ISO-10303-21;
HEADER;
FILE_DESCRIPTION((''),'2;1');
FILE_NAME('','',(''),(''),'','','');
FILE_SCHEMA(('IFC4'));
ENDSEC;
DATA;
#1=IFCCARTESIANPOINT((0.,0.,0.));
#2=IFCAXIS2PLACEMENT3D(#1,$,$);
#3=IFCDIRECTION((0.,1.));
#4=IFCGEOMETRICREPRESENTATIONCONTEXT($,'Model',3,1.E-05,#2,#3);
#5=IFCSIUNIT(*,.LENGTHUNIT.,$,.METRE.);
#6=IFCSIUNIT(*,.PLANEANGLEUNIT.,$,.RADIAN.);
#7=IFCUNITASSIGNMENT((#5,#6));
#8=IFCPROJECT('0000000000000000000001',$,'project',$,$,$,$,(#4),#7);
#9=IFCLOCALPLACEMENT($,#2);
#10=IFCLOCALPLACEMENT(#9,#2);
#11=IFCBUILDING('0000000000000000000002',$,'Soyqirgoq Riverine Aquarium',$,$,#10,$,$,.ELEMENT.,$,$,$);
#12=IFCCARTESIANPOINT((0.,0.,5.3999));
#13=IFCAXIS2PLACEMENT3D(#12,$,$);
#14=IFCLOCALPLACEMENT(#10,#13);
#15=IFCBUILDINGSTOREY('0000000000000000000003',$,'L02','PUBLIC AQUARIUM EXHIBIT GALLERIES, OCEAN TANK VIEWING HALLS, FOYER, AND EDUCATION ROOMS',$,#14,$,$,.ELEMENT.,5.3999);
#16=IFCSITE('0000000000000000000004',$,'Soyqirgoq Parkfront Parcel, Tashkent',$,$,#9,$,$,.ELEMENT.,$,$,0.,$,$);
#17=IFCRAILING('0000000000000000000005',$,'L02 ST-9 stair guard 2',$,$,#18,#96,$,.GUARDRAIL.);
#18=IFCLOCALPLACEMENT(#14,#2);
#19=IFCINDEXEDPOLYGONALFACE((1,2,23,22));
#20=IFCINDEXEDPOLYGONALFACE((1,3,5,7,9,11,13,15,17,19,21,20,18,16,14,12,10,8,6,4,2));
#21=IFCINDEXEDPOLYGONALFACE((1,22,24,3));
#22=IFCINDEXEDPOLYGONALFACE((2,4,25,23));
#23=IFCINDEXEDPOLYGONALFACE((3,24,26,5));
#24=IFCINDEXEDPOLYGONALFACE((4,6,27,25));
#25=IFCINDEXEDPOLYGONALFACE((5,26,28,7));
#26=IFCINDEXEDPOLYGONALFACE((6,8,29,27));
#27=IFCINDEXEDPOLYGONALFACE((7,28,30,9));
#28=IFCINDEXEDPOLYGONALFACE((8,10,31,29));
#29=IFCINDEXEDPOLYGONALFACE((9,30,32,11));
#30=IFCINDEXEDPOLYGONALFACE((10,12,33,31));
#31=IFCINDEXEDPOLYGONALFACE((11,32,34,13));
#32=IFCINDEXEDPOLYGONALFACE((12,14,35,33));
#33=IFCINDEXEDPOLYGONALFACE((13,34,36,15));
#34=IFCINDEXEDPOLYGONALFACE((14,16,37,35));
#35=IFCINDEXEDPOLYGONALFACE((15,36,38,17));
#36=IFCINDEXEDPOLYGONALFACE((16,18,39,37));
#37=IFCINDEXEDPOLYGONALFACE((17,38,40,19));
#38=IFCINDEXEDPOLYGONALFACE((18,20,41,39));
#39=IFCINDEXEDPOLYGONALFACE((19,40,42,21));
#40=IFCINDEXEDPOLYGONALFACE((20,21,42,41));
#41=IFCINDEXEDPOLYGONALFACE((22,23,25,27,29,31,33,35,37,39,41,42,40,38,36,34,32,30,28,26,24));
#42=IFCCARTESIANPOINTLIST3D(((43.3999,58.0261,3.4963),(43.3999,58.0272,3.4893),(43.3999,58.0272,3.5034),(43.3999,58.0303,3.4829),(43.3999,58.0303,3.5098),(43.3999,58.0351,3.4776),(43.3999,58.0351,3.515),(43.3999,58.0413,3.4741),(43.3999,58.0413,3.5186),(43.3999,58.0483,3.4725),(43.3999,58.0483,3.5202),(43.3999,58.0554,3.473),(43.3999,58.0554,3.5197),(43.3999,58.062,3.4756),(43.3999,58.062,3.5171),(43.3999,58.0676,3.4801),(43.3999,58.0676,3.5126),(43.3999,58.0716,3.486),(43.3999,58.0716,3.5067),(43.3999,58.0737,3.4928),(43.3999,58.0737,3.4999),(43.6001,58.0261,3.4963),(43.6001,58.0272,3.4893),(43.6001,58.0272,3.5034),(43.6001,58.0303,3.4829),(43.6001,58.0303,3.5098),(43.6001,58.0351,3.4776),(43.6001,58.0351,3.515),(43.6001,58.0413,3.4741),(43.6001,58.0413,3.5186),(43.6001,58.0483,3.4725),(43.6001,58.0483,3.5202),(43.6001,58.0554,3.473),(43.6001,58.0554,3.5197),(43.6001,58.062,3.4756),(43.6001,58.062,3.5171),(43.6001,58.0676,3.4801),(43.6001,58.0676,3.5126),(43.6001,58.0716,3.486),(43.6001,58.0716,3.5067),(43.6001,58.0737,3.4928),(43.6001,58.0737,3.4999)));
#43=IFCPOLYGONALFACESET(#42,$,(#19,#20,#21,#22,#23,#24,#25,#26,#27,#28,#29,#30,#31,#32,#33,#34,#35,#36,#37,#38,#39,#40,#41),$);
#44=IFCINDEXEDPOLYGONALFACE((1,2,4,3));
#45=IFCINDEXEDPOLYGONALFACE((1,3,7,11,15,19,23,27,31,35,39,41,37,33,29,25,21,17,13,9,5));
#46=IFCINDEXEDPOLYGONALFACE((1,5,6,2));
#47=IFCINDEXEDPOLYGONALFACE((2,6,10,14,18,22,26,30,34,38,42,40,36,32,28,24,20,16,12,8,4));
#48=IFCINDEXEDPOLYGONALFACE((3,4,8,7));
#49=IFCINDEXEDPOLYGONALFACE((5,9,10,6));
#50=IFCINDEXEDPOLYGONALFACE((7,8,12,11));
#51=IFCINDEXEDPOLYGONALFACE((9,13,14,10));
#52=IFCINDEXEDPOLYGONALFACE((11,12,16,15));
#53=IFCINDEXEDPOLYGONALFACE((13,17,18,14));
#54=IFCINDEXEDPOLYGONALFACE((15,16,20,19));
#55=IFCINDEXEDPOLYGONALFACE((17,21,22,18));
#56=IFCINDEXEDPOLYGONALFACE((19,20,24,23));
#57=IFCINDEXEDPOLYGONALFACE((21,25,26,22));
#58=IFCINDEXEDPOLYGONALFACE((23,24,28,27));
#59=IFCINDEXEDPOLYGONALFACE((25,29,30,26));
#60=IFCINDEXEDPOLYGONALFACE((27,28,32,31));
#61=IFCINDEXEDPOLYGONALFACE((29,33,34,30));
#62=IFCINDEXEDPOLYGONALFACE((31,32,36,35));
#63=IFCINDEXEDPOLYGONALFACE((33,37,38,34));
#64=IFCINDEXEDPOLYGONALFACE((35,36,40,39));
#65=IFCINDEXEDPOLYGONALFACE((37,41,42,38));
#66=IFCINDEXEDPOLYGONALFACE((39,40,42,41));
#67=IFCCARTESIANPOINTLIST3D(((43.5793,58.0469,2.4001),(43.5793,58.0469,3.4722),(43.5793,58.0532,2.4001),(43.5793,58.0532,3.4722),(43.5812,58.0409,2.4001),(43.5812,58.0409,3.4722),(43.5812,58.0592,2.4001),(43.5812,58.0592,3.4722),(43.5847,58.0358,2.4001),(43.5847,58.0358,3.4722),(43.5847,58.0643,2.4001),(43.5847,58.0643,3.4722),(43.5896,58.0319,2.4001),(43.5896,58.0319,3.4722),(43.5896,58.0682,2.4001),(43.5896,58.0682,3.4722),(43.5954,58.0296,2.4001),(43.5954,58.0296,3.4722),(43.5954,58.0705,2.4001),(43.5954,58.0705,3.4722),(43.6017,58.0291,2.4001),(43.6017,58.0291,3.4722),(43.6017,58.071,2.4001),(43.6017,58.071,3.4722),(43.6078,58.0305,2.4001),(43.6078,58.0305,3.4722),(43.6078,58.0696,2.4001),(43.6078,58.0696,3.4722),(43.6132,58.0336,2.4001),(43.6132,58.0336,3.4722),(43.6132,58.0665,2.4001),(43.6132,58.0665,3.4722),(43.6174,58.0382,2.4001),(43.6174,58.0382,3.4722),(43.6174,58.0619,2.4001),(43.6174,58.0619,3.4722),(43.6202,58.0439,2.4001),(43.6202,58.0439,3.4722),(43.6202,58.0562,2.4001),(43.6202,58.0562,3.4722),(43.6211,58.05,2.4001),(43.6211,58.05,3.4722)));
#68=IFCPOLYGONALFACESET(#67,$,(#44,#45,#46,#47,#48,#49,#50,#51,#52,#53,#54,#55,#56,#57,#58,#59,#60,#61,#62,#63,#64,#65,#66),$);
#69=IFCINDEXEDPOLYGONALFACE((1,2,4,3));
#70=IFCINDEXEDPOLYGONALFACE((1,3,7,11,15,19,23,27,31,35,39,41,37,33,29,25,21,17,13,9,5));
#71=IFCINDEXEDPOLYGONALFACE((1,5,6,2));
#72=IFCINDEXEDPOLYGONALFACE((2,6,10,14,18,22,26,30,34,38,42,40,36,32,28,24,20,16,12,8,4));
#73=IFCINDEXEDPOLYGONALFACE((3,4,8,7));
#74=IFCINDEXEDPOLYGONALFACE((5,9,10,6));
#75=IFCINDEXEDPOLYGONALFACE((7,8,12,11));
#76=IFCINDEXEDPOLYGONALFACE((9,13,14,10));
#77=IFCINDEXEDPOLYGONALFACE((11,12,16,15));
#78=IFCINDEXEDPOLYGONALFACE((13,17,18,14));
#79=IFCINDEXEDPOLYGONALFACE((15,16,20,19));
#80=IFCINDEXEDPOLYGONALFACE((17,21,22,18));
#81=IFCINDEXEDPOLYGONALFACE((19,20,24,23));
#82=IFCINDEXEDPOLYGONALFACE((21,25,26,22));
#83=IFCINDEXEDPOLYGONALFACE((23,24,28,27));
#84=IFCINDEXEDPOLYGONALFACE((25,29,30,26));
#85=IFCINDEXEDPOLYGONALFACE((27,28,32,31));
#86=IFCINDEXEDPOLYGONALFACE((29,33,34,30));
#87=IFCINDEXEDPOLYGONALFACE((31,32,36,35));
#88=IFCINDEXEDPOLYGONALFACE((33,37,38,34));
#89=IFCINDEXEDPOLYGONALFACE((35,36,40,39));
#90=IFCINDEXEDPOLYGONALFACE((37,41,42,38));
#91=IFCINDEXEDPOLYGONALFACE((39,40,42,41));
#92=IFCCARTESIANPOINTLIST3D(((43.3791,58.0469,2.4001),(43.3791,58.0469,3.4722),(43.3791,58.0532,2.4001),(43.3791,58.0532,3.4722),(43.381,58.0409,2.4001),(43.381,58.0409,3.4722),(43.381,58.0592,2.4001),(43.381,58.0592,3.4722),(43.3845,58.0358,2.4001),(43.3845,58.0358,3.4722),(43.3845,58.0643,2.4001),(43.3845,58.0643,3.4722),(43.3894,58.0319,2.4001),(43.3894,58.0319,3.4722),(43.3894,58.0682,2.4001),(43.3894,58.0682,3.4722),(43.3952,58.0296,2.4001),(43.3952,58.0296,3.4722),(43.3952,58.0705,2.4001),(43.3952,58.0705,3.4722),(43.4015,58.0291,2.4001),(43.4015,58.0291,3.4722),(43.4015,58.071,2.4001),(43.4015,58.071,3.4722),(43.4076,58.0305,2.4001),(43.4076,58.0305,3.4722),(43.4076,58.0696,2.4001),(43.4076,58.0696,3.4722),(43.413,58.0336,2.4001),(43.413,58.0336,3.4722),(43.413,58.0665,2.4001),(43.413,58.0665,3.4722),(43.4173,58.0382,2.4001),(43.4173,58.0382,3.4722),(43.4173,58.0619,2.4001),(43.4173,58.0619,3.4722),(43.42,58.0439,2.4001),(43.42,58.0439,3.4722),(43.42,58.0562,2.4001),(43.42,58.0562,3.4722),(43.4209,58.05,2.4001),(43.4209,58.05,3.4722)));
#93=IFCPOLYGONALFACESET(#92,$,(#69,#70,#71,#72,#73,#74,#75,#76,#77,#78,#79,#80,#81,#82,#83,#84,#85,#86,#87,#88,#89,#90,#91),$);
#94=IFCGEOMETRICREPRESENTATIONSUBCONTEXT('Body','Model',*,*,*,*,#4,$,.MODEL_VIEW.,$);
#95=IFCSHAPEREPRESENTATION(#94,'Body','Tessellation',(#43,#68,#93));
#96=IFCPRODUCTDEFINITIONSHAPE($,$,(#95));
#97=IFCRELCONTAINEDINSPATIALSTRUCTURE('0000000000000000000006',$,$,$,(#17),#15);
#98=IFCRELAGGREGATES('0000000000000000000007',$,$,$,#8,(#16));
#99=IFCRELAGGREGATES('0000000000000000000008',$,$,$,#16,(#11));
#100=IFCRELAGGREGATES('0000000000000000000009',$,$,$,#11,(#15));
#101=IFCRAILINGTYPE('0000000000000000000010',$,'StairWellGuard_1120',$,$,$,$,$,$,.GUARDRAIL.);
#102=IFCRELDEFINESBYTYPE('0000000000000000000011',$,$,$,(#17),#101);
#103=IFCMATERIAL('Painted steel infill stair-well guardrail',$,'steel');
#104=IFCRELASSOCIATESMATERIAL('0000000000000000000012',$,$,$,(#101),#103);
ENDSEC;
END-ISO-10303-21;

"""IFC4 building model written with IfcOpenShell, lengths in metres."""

from ifc_helpers import new_model, si_unit, direction, frame, origin, origin_2d, place, context, subcontext, project, spatial, circle, extrude, material, type_object, element, save


model = new_model("IFC4")

# Units and contexts
model_context = context("Model", 3, precision=1e-05, world=origin(), true_north=direction((0.0, 1.0)))
body_context = subcontext(model_context, "Body", "Model", "MODEL_VIEW")
ifc_project = project(units=[si_unit("LENGTHUNIT", "METRE"), si_unit("PLANEANGLEUNIT", "RADIAN")], contexts=[model_context])

# Site, building, storey
site_placement = place(None, origin())
site = spatial("IfcSite", under=ifc_project, at=site_placement, Name="Soyqirgoq Parkfront Parcel, Tashkent", CompositionType="ELEMENT", RefElevation=0.0)
building_placement = place(site_placement, origin())
building = spatial("IfcBuilding", under=site, at=building_placement, Name="Soyqirgoq Riverine Aquarium", CompositionType="ELEMENT")
storey_placement = place(building_placement, frame((0.0, 0.0, 5.3999)))
storey = spatial("IfcBuildingStorey", under=building, at=storey_placement, Name="L02", Description="PUBLIC AQUARIUM EXHIBIT GALLERIES, OCEAN TANK VIEWING HALLS, FOYER, AND EDUCATION ROOMS", CompositionType="ELEMENT", Elevation=5.3999)

# Railing
ifc_material_1 = material(Name="Painted steel infill stair-well guardrail", Category="steel")
railing_type_1 = type_object("IfcRailingType", Name="StairWellGuard_1120", PredefinedType="GUARDRAIL", material=ifc_material_1)
railing_1_placement = place(storey_placement, frame((43.6001, 58.05, 2.4001)))
element("IfcRailing", 1, at=railing_1_placement, inside=storey, type_object=railing_type_1, Name="L02 ST-9 stair guard 2", PredefinedType="GUARDRAIL", context=body_context, shape_type="SweptSolid", body=[
    extrude(circle(Radius=0.0239, at=origin_2d()), frame((0.0, 0.0, 1.0962), z_axis=(-1.0, 0.0, 0.0), x_axis=(0.0, -1.0, 0.0)), (0.0, 0.0, 1.0), 0.2002),
    extrude(circle(Radius=0.021, at=origin_2d()), origin(), (0.0, 0.0, 1.0), 1.072),
    extrude(circle(Radius=0.021, at=origin_2d()), frame((-0.2002, 0.0, 0.0)), (0.0, 0.0, 1.0), 1.072),
])

save(model, "model.ifc")
